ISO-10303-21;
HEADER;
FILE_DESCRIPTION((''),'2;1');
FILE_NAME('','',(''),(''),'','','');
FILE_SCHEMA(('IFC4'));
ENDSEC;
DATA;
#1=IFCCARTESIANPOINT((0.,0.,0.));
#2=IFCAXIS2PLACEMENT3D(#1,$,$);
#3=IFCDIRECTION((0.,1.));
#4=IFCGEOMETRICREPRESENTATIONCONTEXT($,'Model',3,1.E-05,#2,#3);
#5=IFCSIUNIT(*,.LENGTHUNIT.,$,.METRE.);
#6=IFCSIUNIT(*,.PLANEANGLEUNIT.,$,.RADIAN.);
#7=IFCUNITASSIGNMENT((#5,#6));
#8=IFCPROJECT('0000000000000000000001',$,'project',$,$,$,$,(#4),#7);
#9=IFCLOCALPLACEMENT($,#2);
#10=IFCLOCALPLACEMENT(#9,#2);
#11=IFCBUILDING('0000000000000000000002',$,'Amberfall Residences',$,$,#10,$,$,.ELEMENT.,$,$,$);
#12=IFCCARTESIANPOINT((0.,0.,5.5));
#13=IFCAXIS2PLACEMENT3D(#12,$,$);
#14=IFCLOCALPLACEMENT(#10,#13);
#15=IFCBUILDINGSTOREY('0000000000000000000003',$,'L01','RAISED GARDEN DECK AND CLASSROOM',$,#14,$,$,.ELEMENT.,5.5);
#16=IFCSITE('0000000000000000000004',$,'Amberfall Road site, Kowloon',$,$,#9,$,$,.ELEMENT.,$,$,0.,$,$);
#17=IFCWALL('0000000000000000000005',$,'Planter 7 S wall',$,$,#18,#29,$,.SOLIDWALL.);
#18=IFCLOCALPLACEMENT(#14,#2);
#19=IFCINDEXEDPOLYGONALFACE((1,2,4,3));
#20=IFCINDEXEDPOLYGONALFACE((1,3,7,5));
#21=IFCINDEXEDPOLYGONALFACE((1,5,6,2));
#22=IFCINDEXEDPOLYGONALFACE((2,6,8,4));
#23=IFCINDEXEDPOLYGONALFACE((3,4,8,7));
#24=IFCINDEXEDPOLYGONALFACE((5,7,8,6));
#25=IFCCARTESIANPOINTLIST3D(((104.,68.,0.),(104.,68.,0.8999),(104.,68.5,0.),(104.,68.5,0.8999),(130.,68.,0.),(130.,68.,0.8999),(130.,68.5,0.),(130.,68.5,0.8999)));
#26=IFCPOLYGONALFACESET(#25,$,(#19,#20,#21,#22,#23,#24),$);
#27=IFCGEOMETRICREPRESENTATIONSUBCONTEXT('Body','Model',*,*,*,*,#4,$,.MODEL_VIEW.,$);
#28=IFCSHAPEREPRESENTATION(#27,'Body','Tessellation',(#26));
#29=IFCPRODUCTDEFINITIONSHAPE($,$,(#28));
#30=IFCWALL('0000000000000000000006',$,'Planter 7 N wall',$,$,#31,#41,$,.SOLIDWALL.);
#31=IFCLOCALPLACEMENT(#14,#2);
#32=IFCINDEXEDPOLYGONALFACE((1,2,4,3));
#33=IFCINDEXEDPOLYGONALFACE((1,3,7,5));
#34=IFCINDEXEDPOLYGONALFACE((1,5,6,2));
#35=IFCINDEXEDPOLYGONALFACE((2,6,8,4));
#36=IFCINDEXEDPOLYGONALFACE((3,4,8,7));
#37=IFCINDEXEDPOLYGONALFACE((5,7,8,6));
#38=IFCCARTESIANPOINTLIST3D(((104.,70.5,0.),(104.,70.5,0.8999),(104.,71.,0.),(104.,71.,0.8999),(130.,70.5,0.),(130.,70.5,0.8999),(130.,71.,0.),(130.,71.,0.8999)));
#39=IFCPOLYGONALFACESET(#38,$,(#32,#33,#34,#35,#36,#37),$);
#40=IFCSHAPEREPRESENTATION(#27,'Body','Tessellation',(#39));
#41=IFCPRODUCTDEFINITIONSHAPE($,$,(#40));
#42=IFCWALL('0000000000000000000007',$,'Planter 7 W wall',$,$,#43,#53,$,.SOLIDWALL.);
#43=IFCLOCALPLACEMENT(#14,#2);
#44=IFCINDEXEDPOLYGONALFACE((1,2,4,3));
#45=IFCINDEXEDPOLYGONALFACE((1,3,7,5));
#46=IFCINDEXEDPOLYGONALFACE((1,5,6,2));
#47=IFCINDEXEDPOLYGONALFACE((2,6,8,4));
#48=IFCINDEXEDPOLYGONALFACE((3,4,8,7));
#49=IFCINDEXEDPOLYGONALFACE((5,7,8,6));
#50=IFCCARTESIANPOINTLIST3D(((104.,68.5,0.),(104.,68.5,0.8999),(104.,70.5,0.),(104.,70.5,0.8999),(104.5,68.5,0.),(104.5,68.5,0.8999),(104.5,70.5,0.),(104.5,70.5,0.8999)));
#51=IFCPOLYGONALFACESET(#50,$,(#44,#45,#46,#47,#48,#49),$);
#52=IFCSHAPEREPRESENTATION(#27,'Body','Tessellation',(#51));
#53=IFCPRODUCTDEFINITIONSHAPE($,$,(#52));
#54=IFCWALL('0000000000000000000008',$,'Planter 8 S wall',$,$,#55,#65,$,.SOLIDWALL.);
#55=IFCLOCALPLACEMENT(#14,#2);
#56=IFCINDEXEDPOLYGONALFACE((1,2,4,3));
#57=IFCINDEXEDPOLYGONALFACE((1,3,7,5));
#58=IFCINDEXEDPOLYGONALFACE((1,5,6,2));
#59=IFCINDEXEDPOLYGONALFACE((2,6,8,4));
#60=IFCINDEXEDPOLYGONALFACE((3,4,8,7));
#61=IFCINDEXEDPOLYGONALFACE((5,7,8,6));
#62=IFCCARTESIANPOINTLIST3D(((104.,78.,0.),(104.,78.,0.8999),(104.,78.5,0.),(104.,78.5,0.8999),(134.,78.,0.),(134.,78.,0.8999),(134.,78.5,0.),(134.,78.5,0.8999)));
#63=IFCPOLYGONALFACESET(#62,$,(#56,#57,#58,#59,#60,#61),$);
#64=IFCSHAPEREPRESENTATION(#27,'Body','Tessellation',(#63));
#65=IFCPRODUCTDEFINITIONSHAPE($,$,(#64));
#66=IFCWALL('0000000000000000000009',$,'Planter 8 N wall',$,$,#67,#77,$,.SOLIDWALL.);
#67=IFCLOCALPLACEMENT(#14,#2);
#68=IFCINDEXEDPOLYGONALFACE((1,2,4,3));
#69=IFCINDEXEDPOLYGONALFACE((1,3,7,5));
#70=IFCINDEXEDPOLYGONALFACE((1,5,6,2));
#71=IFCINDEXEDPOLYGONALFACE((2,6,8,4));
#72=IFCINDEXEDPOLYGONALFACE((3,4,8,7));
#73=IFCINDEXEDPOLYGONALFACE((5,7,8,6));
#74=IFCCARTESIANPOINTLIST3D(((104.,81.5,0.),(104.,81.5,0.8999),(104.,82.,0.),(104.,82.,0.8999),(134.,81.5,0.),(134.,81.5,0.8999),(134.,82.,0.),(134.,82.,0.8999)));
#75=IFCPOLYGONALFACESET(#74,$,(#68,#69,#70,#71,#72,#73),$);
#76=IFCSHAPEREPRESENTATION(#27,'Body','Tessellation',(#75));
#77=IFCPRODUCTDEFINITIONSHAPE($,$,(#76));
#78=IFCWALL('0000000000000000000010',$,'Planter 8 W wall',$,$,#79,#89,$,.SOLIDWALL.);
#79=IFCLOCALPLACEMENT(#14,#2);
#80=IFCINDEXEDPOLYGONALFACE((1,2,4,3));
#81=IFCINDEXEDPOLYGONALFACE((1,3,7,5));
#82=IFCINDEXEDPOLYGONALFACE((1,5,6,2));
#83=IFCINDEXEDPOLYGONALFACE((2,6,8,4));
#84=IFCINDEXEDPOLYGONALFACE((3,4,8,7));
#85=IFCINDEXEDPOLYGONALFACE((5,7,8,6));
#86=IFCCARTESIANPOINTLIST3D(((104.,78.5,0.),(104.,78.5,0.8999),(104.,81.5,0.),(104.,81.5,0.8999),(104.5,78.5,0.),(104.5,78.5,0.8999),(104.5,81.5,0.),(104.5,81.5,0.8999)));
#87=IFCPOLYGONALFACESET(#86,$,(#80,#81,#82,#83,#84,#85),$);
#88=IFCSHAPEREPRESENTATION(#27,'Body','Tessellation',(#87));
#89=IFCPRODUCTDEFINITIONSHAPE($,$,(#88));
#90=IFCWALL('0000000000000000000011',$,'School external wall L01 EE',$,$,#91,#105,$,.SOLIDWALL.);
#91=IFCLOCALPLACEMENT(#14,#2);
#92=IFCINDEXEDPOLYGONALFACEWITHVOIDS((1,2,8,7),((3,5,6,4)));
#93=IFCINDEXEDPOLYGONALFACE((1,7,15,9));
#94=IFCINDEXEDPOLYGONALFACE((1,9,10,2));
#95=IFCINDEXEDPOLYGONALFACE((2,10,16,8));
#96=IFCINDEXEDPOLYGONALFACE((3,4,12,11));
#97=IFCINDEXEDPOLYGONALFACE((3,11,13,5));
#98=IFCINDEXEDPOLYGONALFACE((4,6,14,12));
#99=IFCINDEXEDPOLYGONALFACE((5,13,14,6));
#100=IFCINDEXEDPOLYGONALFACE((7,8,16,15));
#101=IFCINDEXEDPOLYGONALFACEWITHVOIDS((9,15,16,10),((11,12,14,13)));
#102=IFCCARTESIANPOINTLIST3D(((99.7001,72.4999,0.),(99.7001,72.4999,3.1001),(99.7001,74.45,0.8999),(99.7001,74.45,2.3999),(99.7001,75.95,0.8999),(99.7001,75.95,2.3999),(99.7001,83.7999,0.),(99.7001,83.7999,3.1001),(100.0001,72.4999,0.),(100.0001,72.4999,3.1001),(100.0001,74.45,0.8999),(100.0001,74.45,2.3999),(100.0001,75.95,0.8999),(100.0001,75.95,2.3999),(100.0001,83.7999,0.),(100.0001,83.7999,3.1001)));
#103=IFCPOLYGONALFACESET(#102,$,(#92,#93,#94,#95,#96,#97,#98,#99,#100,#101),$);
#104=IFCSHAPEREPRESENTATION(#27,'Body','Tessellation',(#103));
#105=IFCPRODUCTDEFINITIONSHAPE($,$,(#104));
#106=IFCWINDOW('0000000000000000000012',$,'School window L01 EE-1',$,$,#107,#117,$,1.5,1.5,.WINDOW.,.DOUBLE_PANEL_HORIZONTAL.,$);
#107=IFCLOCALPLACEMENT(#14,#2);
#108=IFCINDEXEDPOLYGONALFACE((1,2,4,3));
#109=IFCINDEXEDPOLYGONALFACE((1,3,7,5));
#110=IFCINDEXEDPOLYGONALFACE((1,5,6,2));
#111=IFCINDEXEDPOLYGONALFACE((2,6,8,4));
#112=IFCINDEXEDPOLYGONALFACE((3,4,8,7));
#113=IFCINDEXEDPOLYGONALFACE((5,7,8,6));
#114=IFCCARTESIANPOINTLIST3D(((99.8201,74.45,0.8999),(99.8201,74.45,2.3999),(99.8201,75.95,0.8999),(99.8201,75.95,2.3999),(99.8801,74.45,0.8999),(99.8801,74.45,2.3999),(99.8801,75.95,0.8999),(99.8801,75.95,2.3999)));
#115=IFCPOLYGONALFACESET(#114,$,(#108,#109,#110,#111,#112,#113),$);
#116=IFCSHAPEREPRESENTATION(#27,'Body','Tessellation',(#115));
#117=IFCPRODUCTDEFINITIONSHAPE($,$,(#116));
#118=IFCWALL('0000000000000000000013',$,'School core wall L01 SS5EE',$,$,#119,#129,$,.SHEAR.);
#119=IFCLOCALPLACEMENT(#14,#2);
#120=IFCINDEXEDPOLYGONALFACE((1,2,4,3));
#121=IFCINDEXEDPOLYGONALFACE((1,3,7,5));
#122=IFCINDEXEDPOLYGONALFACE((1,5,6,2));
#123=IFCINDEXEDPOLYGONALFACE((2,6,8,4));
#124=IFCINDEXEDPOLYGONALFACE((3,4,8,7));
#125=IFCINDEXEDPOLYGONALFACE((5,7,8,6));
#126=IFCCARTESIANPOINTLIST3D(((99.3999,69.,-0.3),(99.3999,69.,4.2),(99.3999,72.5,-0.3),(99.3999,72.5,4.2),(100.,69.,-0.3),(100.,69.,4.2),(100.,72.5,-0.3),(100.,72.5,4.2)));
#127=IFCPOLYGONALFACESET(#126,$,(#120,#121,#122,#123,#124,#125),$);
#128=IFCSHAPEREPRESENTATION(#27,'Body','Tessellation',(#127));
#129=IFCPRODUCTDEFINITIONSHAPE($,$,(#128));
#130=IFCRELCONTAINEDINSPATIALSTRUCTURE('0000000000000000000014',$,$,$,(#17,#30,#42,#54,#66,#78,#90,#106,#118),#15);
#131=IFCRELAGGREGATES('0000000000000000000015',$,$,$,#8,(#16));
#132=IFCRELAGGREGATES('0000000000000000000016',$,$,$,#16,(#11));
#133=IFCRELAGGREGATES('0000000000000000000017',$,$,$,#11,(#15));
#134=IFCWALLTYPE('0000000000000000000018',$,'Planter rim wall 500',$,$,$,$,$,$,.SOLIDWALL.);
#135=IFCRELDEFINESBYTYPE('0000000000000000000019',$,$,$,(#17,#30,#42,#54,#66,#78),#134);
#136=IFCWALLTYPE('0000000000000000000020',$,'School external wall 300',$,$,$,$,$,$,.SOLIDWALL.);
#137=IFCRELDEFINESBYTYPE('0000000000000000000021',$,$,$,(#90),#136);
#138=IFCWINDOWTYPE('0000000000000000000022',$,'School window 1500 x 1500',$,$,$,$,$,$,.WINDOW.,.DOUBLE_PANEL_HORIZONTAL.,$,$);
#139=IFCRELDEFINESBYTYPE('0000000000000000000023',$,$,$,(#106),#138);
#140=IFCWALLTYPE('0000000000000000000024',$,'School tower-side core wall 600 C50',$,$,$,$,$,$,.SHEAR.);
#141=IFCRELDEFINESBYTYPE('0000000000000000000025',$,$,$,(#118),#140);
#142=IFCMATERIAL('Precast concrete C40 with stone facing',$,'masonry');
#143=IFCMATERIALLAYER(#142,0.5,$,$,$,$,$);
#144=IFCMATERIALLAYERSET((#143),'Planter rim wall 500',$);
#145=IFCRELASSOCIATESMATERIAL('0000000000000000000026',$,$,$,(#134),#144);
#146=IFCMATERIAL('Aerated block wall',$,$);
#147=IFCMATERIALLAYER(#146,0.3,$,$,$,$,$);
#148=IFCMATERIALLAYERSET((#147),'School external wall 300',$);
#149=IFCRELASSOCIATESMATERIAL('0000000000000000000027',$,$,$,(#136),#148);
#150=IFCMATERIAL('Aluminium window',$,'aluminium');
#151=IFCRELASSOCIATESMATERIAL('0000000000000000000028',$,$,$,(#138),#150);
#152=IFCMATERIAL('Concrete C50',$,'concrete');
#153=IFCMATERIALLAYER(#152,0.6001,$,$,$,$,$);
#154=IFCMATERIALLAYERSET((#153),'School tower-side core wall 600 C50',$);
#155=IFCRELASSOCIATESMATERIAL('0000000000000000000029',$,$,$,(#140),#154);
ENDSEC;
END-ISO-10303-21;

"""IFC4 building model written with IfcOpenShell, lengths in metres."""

from ifc_helpers import new_model, si_unit, direction, frame, frame_2d, origin, place, context, subcontext, project, spatial, rectangle, extrude, material, layer, layer_set, type_object, element, fill, save


model = new_model("IFC4")

# Units and contexts
model_context = context("Model", 3, precision=1e-05, world=origin(), true_north=direction((0.0, 1.0)))
body_context = subcontext(model_context, "Body", "Model", "MODEL_VIEW")
ifc_project = project(units=[si_unit("LENGTHUNIT", "METRE"), si_unit("PLANEANGLEUNIT", "RADIAN")], contexts=[model_context])

# Site, building, storey
site_placement = place(None, origin())
site = spatial("IfcSite", under=ifc_project, at=site_placement, Name="Amberfall Road site, Kowloon", CompositionType="ELEMENT", RefElevation=0.0)
building_placement = place(site_placement, origin())
building = spatial("IfcBuilding", under=site, at=building_placement, Name="Amberfall Residences", CompositionType="ELEMENT")
storey_placement = place(building_placement, frame((0.0, 0.0, 5.5)))
storey = spatial("IfcBuildingStorey", under=building, at=storey_placement, Name="L01", Description="RAISED GARDEN DECK AND CLASSROOM", CompositionType="ELEMENT", Elevation=5.5)

# Shared definitions
ifc_material_1 = material(Name="Concrete C50", Category="concrete")

# Walls
ifc_material_2 = material(Name="Precast concrete C40 with stone facing", Category="masonry")
ifc_layer_1 = layer(ifc_material_2, 0.5)
ifc_layer_set_1 = layer_set([ifc_layer_1], Name="Planter rim wall 500")
wall_type_1 = type_object("IfcWallType", Name="Planter rim wall 500", PredefinedType="SOLIDWALL", material=ifc_layer_set_1)
for number, where, z_axis, x_axis, name in (
    (1, (104.0, 68.25, 0.0), (0.0, 0.0, 1.0), (1.0, 0.0, 0.0), "Planter 7 S wall"),
    (2, (104.0, 70.75, 0.0), (0.0, 0.0, 1.0), (1.0, 0.0, 0.0), "Planter 7 N wall"),
):
    element("IfcWall", number, at=place(storey_placement, frame(where, z_axis=z_axis, x_axis=x_axis)), inside=storey, type_object=wall_type_1, Name=name, PredefinedType="SOLIDWALL", context=body_context, shape_type="SweptSolid", body=[
        extrude(rectangle(XDim=26.0, YDim=0.5, at=frame_2d((13.0, 0.0))), origin(), (0.0, 0.0, 1.0), 0.8999),
    ])
wall_1_placement = place(storey_placement, frame((104.25, 68.5, 0.0), z_axis=(0.0, 0.0, 1.0), x_axis=(0.0, 1.0, 0.0)))
element("IfcWall", 3, at=wall_1_placement, inside=storey, type_object=wall_type_1, Name="Planter 7 W wall", PredefinedType="SOLIDWALL", context=body_context, shape_type="SweptSolid", body=[
    extrude(rectangle(XDim=2.0, YDim=0.5, at=frame_2d((1.0, 0.0))), origin(), (0.0, 0.0, 1.0), 0.8999),
])
for number, where, z_axis, x_axis, name in (
    (4, (104.0, 78.25, 0.0), (0.0, 0.0, 1.0), (1.0, 0.0, 0.0), "Planter 8 S wall"),
    (5, (104.0, 81.75, 0.0), (0.0, 0.0, 1.0), (1.0, 0.0, 0.0), "Planter 8 N wall"),
):
    element("IfcWall", number, at=place(storey_placement, frame(where, z_axis=z_axis, x_axis=x_axis)), inside=storey, type_object=wall_type_1, Name=name, PredefinedType="SOLIDWALL", context=body_context, shape_type="SweptSolid", body=[
        extrude(rectangle(XDim=30.0, YDim=0.5, at=frame_2d((15.0, 0.0))), origin(), (0.0, 0.0, 1.0), 0.8999),
    ])
wall_2_placement = place(storey_placement, frame((104.25, 78.5, 0.0), z_axis=(0.0, 0.0, 1.0), x_axis=(0.0, 1.0, 0.0)))
element("IfcWall", 6, at=wall_2_placement, inside=storey, type_object=wall_type_1, Name="Planter 8 W wall", PredefinedType="SOLIDWALL", context=body_context, shape_type="SweptSolid", body=[
    extrude(rectangle(XDim=3.0, YDim=0.5, at=frame_2d((1.5, 0.0))), origin(), (0.0, 0.0, 1.0), 0.8999),
])

# Wall, opening, window
ifc_material_3 = material(Name="Aerated block wall")
ifc_layer_2 = layer(ifc_material_3, 0.3)
ifc_layer_set_2 = layer_set([ifc_layer_2], Name="School external wall 300")
wall_type_2 = type_object("IfcWallType", Name="School external wall 300", PredefinedType="SOLIDWALL", material=ifc_layer_set_2)
wall_3_placement = place(storey_placement, frame((99.8501, 72.5, 0.0), z_axis=(0.0, 0.0, 1.0), x_axis=(0.0, 1.0, 0.0)))
wall_3 = element("IfcWall", 7, at=wall_3_placement, inside=storey, type_object=wall_type_2, Name="School external wall L01 EE", PredefinedType="SOLIDWALL", context=body_context, shape_type="SweptSolid", body=[
    extrude(rectangle(XDim=11.3, YDim=0.3, at=frame_2d((5.6499, 0.0))), origin(), (0.0, 0.0, 1.0), 3.1001),
])
opening_placement = place(wall_3_placement, frame((1.95, 0.0, 0.8999)))
opening = element("IfcOpeningElement", 8, at=opening_placement, cuts=wall_3, PredefinedType="OPENING", context=body_context, shape_type="SweptSolid", body=[
    extrude(rectangle(XDim=1.5, YDim=1.5, at=frame_2d((0.75, 0.75))), frame((0.0, 0.1599, 0.0), z_axis=(0.0, -1.0, 0.0), x_axis=(1.0, 0.0, 0.0)), (0.0, 0.0, 1.0), 0.3201),
])
ifc_material_4 = material(Name="Aluminium window", Category="aluminium")
window_type = type_object("IfcWindowType", Name="School window 1500 x 1500", PartitioningType="DOUBLE_PANEL_HORIZONTAL", PredefinedType="WINDOW", material=ifc_material_4)
window_placement = place(opening_placement, origin())
window = element("IfcWindow", 9, at=window_placement, inside=storey, type_object=window_type, Name="School window L01 EE-1", OverallHeight=1.5, OverallWidth=1.5, PartitioningType="DOUBLE_PANEL_HORIZONTAL", PredefinedType="WINDOW", context=body_context, shape_type="SweptSolid", body=[
    extrude(rectangle(XDim=1.5, YDim=1.5, at=frame_2d((0.75, 0.75))), frame((0.0, 0.03, 0.0), z_axis=(0.0, -1.0, 0.0), x_axis=(1.0, 0.0, 0.0)), (0.0, 0.0, 1.0), 0.0601),
])
fill(opening, window)

# Wall
ifc_layer_3 = layer(ifc_material_1, 0.6001)
ifc_layer_set_3 = layer_set([ifc_layer_3], Name="School tower-side core wall 600 C50")
wall_type_3 = type_object("IfcWallType", Name="School tower-side core wall 600 C50", PredefinedType="SHEAR", material=ifc_layer_set_3)
wall_4_placement = place(storey_placement, frame((99.7, 69.0, -0.3), z_axis=(0.0, 0.0, 1.0), x_axis=(0.0, 1.0, 0.0)))
element("IfcWall", 10, at=wall_4_placement, inside=storey, type_object=wall_type_3, Name="School core wall L01 SS5EE", PredefinedType="SHEAR", context=body_context, shape_type="SweptSolid", body=[
    extrude(rectangle(XDim=3.5, YDim=0.6001, at=frame_2d((1.75, 0.0))), origin(), (0.0, 0.0, 1.0), 4.5),
])

save(model, "model.ifc")
